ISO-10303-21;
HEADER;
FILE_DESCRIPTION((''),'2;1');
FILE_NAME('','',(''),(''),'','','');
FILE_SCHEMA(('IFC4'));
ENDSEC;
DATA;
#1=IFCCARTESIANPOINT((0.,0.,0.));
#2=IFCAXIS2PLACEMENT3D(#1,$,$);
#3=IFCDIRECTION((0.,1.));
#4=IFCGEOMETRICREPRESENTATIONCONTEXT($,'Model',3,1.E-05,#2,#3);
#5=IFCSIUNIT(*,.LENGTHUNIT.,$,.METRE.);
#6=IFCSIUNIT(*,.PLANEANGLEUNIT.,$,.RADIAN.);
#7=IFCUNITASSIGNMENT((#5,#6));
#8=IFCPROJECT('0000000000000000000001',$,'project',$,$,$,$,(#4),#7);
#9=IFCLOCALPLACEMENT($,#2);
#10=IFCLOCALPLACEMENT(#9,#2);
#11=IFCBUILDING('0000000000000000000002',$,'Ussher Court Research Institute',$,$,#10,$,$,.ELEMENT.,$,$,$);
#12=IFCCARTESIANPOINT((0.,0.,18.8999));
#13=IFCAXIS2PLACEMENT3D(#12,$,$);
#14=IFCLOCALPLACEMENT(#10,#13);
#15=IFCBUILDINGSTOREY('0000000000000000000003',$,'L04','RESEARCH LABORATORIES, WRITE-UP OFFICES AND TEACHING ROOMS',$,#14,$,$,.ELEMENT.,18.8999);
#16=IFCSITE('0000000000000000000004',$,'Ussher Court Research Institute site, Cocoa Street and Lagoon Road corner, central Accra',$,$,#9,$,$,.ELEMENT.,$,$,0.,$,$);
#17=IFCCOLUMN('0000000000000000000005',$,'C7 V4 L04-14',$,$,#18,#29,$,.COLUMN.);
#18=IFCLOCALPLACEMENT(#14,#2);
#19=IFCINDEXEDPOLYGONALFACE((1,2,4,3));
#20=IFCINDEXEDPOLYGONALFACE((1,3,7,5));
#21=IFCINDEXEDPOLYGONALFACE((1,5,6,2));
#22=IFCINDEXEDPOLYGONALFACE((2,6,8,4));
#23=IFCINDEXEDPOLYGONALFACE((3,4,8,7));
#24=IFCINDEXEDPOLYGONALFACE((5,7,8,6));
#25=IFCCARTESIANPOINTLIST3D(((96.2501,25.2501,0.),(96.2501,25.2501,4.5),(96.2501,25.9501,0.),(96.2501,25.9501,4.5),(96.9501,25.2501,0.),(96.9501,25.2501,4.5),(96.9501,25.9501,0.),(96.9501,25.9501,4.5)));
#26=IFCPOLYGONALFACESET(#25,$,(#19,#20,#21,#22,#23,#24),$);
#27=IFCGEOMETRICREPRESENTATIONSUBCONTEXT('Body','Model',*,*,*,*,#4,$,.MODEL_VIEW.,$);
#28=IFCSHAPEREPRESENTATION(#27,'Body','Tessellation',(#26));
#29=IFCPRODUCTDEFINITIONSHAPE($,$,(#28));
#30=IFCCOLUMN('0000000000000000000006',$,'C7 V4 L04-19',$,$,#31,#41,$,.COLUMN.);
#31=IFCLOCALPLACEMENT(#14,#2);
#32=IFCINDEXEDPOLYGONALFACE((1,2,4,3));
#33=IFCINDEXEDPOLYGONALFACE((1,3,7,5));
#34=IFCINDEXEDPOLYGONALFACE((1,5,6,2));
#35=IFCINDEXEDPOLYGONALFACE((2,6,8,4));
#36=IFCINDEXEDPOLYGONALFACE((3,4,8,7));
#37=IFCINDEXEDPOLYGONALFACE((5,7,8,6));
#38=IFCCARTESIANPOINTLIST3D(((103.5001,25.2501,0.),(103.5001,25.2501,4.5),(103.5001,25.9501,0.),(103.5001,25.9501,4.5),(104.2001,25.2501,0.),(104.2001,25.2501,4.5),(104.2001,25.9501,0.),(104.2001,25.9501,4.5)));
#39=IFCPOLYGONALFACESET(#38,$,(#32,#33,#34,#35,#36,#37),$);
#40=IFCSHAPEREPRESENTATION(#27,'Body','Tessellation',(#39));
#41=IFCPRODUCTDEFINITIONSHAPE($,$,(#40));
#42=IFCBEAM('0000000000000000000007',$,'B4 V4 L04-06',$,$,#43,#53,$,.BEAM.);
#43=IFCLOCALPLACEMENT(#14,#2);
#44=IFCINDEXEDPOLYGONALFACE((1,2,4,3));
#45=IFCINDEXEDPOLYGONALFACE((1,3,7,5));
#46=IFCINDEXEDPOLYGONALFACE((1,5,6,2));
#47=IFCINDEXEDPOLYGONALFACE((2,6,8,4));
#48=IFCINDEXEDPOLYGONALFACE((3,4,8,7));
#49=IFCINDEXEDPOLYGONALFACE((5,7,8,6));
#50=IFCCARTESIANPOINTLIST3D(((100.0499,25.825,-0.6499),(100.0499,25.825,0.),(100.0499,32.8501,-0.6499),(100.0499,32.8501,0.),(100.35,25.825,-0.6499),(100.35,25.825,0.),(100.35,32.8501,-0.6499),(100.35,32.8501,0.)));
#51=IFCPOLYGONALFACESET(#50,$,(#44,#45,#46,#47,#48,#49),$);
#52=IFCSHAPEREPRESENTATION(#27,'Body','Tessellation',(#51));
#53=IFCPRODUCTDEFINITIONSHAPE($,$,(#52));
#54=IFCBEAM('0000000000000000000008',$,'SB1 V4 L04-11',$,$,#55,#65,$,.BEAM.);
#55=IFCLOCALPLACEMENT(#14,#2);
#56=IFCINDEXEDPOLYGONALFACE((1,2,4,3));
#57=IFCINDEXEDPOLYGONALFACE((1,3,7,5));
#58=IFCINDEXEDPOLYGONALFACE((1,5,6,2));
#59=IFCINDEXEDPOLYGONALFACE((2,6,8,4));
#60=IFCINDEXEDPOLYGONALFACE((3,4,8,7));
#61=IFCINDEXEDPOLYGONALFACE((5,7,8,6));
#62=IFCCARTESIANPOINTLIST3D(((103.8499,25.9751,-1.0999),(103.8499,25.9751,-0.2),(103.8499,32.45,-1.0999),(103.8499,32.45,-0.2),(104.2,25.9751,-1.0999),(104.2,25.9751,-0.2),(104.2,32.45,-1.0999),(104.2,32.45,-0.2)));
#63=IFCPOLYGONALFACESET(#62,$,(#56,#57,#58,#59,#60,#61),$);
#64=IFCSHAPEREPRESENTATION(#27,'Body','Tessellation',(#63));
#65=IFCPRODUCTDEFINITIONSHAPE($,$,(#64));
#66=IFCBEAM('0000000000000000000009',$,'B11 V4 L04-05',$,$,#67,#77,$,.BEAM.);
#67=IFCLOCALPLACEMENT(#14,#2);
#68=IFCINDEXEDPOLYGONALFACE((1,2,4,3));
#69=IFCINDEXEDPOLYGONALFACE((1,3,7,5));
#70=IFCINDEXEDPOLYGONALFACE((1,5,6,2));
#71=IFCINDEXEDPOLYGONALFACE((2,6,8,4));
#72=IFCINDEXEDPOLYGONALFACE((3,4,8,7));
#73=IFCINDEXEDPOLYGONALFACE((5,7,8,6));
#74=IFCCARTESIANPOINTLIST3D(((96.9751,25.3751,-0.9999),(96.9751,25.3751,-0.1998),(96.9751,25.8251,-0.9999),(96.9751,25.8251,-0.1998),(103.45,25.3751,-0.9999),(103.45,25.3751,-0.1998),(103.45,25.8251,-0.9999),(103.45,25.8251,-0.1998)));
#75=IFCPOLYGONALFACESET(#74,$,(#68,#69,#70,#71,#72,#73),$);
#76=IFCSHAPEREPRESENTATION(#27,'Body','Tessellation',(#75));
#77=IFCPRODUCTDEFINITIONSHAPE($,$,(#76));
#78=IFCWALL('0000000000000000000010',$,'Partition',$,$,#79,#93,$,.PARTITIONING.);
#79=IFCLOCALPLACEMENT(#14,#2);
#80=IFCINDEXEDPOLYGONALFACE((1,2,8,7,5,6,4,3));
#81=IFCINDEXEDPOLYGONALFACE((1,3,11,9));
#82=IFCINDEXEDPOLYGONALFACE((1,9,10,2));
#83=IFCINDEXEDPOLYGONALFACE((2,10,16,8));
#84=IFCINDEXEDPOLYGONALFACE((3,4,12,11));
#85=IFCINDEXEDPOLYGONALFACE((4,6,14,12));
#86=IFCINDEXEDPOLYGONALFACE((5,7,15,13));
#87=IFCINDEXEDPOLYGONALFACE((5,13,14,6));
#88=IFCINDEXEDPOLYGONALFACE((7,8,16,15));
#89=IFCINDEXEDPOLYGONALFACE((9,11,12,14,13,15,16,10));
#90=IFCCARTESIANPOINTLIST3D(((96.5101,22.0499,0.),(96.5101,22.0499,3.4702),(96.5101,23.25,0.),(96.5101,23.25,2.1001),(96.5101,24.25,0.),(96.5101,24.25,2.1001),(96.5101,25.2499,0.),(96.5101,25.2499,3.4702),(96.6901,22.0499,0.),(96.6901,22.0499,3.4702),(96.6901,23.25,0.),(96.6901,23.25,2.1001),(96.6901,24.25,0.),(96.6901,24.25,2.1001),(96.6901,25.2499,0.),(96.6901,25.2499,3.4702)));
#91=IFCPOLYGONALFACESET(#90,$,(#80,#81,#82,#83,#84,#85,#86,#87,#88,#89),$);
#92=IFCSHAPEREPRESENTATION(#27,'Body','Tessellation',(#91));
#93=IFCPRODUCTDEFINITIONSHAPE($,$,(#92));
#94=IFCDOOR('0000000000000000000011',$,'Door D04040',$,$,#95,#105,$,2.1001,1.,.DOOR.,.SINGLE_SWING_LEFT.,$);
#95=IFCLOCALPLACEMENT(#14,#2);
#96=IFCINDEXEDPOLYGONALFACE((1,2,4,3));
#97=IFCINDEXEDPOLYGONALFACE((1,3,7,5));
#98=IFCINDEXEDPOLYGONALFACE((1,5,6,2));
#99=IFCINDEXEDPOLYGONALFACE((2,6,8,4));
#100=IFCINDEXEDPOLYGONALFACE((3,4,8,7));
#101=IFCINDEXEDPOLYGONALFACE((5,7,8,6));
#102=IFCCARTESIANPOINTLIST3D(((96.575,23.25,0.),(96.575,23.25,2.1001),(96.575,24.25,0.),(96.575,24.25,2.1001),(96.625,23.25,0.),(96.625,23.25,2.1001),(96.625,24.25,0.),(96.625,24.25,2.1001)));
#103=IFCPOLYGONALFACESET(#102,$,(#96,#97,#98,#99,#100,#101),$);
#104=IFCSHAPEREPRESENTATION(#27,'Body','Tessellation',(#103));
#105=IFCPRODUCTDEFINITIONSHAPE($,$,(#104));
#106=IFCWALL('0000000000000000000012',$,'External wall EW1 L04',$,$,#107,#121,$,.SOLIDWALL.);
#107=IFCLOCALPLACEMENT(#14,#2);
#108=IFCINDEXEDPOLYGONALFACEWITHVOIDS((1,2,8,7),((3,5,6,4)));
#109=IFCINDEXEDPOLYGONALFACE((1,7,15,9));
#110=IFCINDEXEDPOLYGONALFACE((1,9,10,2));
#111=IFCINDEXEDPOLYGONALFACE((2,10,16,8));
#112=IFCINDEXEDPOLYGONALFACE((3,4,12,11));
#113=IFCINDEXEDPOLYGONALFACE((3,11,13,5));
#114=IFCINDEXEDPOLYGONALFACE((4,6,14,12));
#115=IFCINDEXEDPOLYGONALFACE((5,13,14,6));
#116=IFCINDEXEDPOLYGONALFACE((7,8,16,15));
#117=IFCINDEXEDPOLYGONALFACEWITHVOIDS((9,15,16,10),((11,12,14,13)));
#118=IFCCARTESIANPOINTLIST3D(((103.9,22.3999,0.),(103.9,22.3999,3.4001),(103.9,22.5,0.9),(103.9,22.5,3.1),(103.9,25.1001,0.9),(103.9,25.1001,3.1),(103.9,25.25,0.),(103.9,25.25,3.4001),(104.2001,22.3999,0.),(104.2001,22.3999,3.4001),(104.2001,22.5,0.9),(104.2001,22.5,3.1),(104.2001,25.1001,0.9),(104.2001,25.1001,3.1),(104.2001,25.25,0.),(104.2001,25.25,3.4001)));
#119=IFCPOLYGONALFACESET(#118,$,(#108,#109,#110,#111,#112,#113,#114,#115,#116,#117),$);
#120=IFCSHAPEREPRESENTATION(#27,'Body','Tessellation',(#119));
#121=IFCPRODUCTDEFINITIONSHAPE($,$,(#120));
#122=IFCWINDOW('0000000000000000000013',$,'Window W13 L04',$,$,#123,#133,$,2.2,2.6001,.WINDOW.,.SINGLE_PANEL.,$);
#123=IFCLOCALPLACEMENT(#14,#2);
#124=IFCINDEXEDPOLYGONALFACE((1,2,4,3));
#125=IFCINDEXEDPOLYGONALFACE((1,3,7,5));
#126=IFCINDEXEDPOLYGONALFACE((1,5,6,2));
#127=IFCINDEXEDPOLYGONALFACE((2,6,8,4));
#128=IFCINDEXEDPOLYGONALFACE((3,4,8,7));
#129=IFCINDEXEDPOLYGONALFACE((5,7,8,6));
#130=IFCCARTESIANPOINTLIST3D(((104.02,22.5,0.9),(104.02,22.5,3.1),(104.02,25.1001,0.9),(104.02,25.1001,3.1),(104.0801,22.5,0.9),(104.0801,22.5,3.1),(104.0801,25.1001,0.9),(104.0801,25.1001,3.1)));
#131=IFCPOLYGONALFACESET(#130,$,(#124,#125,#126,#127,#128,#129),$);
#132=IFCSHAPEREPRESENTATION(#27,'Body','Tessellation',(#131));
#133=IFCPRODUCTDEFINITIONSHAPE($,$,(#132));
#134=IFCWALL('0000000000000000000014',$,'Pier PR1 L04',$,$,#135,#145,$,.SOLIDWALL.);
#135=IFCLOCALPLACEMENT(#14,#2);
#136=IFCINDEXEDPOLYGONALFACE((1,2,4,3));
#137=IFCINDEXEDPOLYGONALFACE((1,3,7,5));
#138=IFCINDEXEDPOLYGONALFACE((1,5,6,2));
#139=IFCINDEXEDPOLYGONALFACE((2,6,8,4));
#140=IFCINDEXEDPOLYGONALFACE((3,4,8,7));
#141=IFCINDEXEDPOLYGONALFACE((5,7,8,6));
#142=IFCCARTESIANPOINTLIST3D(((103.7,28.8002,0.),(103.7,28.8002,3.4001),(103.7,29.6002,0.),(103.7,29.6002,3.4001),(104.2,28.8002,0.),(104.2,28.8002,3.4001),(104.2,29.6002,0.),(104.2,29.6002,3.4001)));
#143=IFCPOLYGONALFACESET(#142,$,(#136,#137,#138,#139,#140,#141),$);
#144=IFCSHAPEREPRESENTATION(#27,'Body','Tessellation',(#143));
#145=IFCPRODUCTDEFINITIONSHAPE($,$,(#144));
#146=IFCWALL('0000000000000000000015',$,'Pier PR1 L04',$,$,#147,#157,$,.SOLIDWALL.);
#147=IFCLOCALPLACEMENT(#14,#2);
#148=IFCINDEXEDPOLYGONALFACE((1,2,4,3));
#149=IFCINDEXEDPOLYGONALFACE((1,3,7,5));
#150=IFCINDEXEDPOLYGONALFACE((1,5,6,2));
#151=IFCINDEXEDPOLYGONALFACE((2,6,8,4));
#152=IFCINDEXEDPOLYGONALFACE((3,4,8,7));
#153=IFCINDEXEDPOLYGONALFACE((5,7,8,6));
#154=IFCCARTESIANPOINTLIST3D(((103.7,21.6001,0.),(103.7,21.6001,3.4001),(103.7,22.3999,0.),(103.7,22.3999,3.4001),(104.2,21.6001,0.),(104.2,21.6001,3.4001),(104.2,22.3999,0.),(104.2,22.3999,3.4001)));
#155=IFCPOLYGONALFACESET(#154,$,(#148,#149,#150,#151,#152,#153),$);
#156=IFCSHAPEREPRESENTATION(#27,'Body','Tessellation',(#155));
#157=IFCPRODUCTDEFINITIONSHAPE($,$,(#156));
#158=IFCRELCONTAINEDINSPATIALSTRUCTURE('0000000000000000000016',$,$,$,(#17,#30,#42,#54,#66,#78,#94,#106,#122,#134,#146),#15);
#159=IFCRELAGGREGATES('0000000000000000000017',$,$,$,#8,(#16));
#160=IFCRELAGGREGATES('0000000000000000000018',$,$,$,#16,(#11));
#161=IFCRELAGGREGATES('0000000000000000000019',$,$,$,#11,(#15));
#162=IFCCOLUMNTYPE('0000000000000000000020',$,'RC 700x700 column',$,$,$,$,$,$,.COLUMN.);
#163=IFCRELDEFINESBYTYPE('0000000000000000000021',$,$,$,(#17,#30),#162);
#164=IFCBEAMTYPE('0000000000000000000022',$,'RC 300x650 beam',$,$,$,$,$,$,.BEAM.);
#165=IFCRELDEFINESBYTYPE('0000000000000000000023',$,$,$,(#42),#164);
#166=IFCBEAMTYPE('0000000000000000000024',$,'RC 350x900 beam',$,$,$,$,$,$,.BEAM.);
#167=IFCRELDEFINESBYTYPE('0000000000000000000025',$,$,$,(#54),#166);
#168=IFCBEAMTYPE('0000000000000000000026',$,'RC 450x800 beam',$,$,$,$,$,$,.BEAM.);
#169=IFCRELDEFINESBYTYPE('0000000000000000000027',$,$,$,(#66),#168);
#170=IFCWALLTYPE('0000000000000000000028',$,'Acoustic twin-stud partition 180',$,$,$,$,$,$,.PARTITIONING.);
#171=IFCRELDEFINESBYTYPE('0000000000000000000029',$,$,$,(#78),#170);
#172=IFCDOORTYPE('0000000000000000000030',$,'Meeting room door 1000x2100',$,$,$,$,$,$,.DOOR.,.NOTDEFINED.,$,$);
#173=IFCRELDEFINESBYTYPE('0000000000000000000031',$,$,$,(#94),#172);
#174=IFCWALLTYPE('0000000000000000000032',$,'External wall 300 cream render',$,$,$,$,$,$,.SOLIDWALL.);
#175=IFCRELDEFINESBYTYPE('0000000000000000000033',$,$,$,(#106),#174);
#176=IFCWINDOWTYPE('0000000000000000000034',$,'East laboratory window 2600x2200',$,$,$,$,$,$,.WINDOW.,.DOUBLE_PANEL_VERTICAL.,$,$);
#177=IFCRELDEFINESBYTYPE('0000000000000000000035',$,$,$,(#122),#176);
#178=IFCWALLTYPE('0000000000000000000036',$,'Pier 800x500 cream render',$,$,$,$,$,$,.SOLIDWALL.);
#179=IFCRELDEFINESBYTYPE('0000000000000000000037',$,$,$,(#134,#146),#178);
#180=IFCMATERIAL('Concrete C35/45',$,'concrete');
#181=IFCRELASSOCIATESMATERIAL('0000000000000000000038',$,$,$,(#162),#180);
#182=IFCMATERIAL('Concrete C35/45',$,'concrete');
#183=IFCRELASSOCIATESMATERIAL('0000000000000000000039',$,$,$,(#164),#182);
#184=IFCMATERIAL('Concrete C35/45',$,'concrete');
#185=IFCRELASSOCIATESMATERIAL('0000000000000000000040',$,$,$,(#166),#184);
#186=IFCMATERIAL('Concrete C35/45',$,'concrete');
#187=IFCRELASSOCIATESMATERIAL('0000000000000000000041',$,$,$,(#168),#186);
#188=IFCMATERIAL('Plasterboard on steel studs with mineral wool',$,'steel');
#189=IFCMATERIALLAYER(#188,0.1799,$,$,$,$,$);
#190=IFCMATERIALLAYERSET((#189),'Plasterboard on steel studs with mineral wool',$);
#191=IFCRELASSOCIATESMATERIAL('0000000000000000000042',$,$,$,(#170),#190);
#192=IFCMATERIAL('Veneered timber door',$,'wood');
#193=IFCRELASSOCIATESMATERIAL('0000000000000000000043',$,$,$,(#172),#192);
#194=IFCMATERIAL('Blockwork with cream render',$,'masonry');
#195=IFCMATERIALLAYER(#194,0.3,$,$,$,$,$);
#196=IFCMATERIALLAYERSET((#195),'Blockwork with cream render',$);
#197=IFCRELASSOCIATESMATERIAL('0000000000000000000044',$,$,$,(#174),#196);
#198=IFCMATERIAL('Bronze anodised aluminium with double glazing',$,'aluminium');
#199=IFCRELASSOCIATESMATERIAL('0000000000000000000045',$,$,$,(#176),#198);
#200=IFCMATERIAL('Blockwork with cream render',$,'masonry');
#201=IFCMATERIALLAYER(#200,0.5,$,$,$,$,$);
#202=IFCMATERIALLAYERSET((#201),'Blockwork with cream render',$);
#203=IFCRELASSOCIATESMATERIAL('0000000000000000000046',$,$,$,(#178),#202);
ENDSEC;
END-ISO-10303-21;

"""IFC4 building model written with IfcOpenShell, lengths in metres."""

from ifc_helpers import new_model, si_unit, direction, frame, frame_2d, origin, origin_2d, place, context, subcontext, project, spatial, rectangle, extrude, material, layer, layer_set, material_profile, profile_set, type_object, element, fill, save


model = new_model("IFC4")

# Units and contexts
model_context = context("Model", 3, precision=1e-05, world=origin(), true_north=direction((0.0, 1.0)))
body_context = subcontext(model_context, "Body", "Model", "MODEL_VIEW")
ifc_project = project(units=[si_unit("LENGTHUNIT", "METRE"), si_unit("PLANEANGLEUNIT", "RADIAN")], contexts=[model_context])

# Site, building, storey
site_placement = place(None, origin())
site = spatial("IfcSite", under=ifc_project, at=site_placement, Name="Ussher Court Research Institute site, Cocoa Street and Lagoon Road corner, central Accra", CompositionType="ELEMENT", RefElevation=0.0)
building_placement = place(site_placement, origin())
building = spatial("IfcBuilding", under=site, at=building_placement, Name="Ussher Court Research Institute", CompositionType="ELEMENT")
storey_placement = place(building_placement, frame((0.0, 0.0, 18.8999)))
storey = spatial("IfcBuildingStorey", under=building, at=storey_placement, Name="L04", Description="RESEARCH LABORATORIES, WRITE-UP OFFICES AND TEACHING ROOMS", CompositionType="ELEMENT", Elevation=18.8999)

# Columns
ifc_material_1 = material(Name="Concrete C35/45", Category="concrete")
ifc_material_profile_1 = material_profile(ifc_material_1, rectangle(XDim=0.7, YDim=0.7, at=origin_2d()), Name="RC 700x700")
ifc_profile_set_1 = profile_set([ifc_material_profile_1], Name="Concrete C35/45")
column_type = type_object("IfcColumnType", Name="RC 700x700 column", PredefinedType="COLUMN", material=ifc_profile_set_1)
for number, where, z_axis, x_axis, name in (
    (1, (96.6001, 25.6001, 0.0), (0.0, 0.0, 1.0), (1.0, 0.0, 0.0), "C7 V4 L04-14"),
    (2, (103.8501, 25.6001, 0.0), (0.0, 0.0, 1.0), (1.0, 0.0, 0.0), "C7 V4 L04-19"),
):
    element("IfcColumn", number, at=place(storey_placement, frame(where, z_axis=z_axis, x_axis=x_axis)), inside=storey, type_object=column_type, Name=name, PredefinedType="COLUMN", context=body_context, shape_type="SweptSolid", body=[
        extrude(rectangle(XDim=0.7, YDim=0.7, at=origin_2d()), origin(), (0.0, 0.0, 1.0), 4.5),
    ])

# Beams
ifc_material_2 = material(Name="Concrete C35/45", Category="concrete")
ifc_material_profile_2 = material_profile(ifc_material_2, rectangle(XDim=0.3, YDim=0.6499, at=origin_2d()), Name="RC 300x650")
ifc_profile_set_2 = profile_set([ifc_material_profile_2], Name="Concrete C35/45")
beam_type_1 = type_object("IfcBeamType", Name="RC 300x650 beam", PredefinedType="BEAM", material=ifc_profile_set_2)
beam_1_placement = place(storey_placement, frame((100.2, 25.825, -0.325), z_axis=(0.0, 1.0, 0.0), x_axis=(-1.0, 0.0, 0.0)))
element("IfcBeam", 3, at=beam_1_placement, inside=storey, type_object=beam_type_1, Name="B4 V4 L04-06", PredefinedType="BEAM", context=body_context, shape_type="SweptSolid", body=[
    extrude(rectangle(XDim=0.3, YDim=0.6499, at=origin_2d()), origin(), (0.0, 0.0, 1.0), 7.0251),
])
ifc_material_3 = material(Name="Concrete C35/45", Category="concrete")
ifc_material_profile_3 = material_profile(ifc_material_3, rectangle(XDim=0.3501, YDim=0.8999, at=origin_2d()), Name="RC 350x900")
ifc_profile_set_3 = profile_set([ifc_material_profile_3], Name="Concrete C35/45")
beam_type_2 = type_object("IfcBeamType", Name="RC 350x900 beam", PredefinedType="BEAM", material=ifc_profile_set_3)
beam_2_placement = place(storey_placement, frame((104.0249, 25.9751, -0.6499), z_axis=(0.0, 1.0, 0.0), x_axis=(-1.0, 0.0, 0.0)))
element("IfcBeam", 4, at=beam_2_placement, inside=storey, type_object=beam_type_2, Name="SB1 V4 L04-11", PredefinedType="BEAM", context=body_context, shape_type="SweptSolid", body=[
    extrude(rectangle(XDim=0.3501, YDim=0.8999, at=origin_2d()), origin(), (0.0, 0.0, 1.0), 6.4749),
])
ifc_material_4 = material(Name="Concrete C35/45", Category="concrete")
ifc_material_profile_4 = material_profile(ifc_material_4, rectangle(XDim=0.45, YDim=0.8, at=origin_2d()), Name="RC 450x800")
ifc_profile_set_4 = profile_set([ifc_material_profile_4], Name="Concrete C35/45")
beam_type_3 = type_object("IfcBeamType", Name="RC 450x800 beam", PredefinedType="BEAM", material=ifc_profile_set_4)
beam_3_placement = place(storey_placement, frame((96.9751, 25.6001, -0.5999), z_axis=(1.0, 0.0, 0.0), x_axis=(0.0, 1.0, 0.0)))
element("IfcBeam", 5, at=beam_3_placement, inside=storey, type_object=beam_type_3, Name="B11 V4 L04-05", PredefinedType="BEAM", context=body_context, shape_type="SweptSolid", body=[
    extrude(rectangle(XDim=0.45, YDim=0.8, at=origin_2d()), origin(), (0.0, 0.0, 1.0), 6.4749),
])

# Wall, opening, door
ifc_material_5 = material(Name="Plasterboard on steel studs with mineral wool", Category="steel")
ifc_layer_1 = layer(ifc_material_5, 0.1799)
ifc_layer_set_1 = layer_set([ifc_layer_1], Name="Plasterboard on steel studs with mineral wool")
wall_type_1 = type_object("IfcWallType", Name="Acoustic twin-stud partition 180", PredefinedType="PARTITIONING", material=ifc_layer_set_1)
wall_1_placement = place(storey_placement, frame((96.6001, 25.25, 0.0), z_axis=(0.0, 0.0, 1.0), x_axis=(0.0, -1.0, 0.0)))
wall_1 = element("IfcWall", 6, at=wall_1_placement, inside=storey, type_object=wall_type_1, Name="Partition", PredefinedType="PARTITIONING", context=body_context, shape_type="SweptSolid", body=[
    extrude(rectangle(XDim=3.2, YDim=0.1799, at=frame_2d((1.6001, 0.0))), origin(), (0.0, 0.0, 1.0), 3.4702),
])
opening_1_placement = place(wall_1_placement, frame((1.0, 0.0, 0.0)))
opening_1 = element("IfcOpeningElement", 7, at=opening_1_placement, cuts=wall_1, PredefinedType="OPENING", context=body_context, shape_type="SweptSolid", body=[
    extrude(rectangle(XDim=1.0, YDim=2.1001, at=frame_2d((0.5, 1.05))), frame((0.0, 0.1001, 0.0), z_axis=(0.0, -1.0, 0.0), x_axis=(1.0, 0.0, 0.0)), (0.0, 0.0, 1.0), 0.2),
])
ifc_material_6 = material(Name="Veneered timber door", Category="wood")
door_type_1 = type_object("IfcDoorType", Name="Meeting room door 1000x2100", OperationType="NOTDEFINED", PredefinedType="DOOR", material=ifc_material_6)
door_1_placement = place(opening_1_placement, origin())
door_1 = element("IfcDoor", 8, at=door_1_placement, inside=storey, type_object=door_type_1, Name="Door D04040", OperationType="SINGLE_SWING_LEFT", OverallHeight=2.1001, OverallWidth=1.0, PredefinedType="DOOR", context=body_context, shape_type="SweptSolid", body=[
    extrude(rectangle(XDim=1.0, YDim=2.1001, at=frame_2d((0.5, 1.05))), frame((0.0, 0.0249, 0.0), z_axis=(0.0, -1.0, 0.0), x_axis=(1.0, 0.0, 0.0)), (0.0, 0.0, 1.0), 0.05),
])
fill(opening_1, door_1)

# Wall, opening, window
ifc_material_7 = material(Name="Blockwork with cream render", Category="masonry")
ifc_layer_2 = layer(ifc_material_7, 0.3)
ifc_layer_set_2 = layer_set([ifc_layer_2], Name="Blockwork with cream render")
wall_type_2 = type_object("IfcWallType", Name="External wall 300 cream render", PredefinedType="SOLIDWALL", material=ifc_layer_set_2)
wall_2_placement = place(storey_placement, frame((104.05, 25.25, 0.0), z_axis=(0.0, 0.0, 1.0), x_axis=(0.0, -1.0, 0.0)))
wall_2 = element("IfcWall", 9, at=wall_2_placement, inside=storey, type_object=wall_type_2, Name="External wall EW1 L04", PredefinedType="SOLIDWALL", context=body_context, shape_type="SweptSolid", body=[
    extrude(rectangle(XDim=2.8501, YDim=0.3, at=frame_2d((1.425, 0.0))), origin(), (0.0, 0.0, 1.0), 3.4001),
])
opening_2_placement = place(wall_2_placement, frame((0.1499, 0.0, 0.8999)))
opening_2 = element("IfcOpeningElement", 10, at=opening_2_placement, cuts=wall_2, PredefinedType="OPENING", context=body_context, shape_type="SweptSolid", body=[
    extrude(rectangle(XDim=2.6001, YDim=2.2, at=frame_2d((1.3, 1.1001))), frame((0.0, 0.1602, 0.0), z_axis=(0.0, -1.0, 0.0), x_axis=(1.0, 0.0, 0.0)), (0.0, 0.0, 1.0), 0.3201),
])
ifc_material_8 = material(Name="Bronze anodised aluminium with double glazing", Category="aluminium")
window_type = type_object("IfcWindowType", Name="East laboratory window 2600x2200", PartitioningType="DOUBLE_PANEL_VERTICAL", PredefinedType="WINDOW", material=ifc_material_8)
window_placement = place(opening_2_placement, origin())
window = element("IfcWindow", 11, at=window_placement, inside=storey, type_object=window_type, Name="Window W13 L04", OverallHeight=2.2, OverallWidth=2.6001, PartitioningType="SINGLE_PANEL", PredefinedType="WINDOW", context=body_context, shape_type="SweptSolid", body=[
    extrude(rectangle(XDim=2.6001, YDim=2.2, at=frame_2d((1.3, 1.1001))), frame((0.0, 0.03, 0.0), z_axis=(0.0, -1.0, 0.0), x_axis=(1.0, 0.0, 0.0)), (0.0, 0.0, 1.0), 0.0601),
])
fill(opening_2, window)

# Walls
ifc_material_9 = material(Name="Blockwork with cream render", Category="masonry")
ifc_layer_3 = layer(ifc_material_9, 0.5)
ifc_layer_set_3 = layer_set([ifc_layer_3], Name="Blockwork with cream render")
wall_type_3 = type_object("IfcWallType", Name="Pier 800x500 cream render", PredefinedType="SOLIDWALL", material=ifc_layer_set_3)
wall_3_placement = place(storey_placement, frame((103.95, 29.6001, 0.0), z_axis=(0.0, 0.0, 1.0), x_axis=(0.0, -1.0, 0.0)))
element("IfcWall", 12, at=wall_3_placement, inside=storey, type_object=wall_type_3, Name="Pier PR1 L04", PredefinedType="SOLIDWALL", context=body_context, shape_type="SweptSolid", body=[
    extrude(rectangle(XDim=0.8, YDim=0.5, at=frame_2d((0.3999, 0.0))), origin(), (0.0, 0.0, 1.0), 3.4001),
])
wall_4_placement = place(storey_placement, frame((103.95, 22.3999, 0.0), z_axis=(0.0, 0.0, 1.0), x_axis=(0.0, -1.0, 0.0)))
element("IfcWall", 13, at=wall_4_placement, inside=storey, type_object=wall_type_3, Name="Pier PR1 L04", PredefinedType="SOLIDWALL", context=body_context, shape_type="SweptSolid", body=[
    extrude(rectangle(XDim=0.7998, YDim=0.5, at=frame_2d((0.3999, 0.0))), origin(), (0.0, 0.0, 1.0), 3.4001),
])

save(model, "model.ifc")
